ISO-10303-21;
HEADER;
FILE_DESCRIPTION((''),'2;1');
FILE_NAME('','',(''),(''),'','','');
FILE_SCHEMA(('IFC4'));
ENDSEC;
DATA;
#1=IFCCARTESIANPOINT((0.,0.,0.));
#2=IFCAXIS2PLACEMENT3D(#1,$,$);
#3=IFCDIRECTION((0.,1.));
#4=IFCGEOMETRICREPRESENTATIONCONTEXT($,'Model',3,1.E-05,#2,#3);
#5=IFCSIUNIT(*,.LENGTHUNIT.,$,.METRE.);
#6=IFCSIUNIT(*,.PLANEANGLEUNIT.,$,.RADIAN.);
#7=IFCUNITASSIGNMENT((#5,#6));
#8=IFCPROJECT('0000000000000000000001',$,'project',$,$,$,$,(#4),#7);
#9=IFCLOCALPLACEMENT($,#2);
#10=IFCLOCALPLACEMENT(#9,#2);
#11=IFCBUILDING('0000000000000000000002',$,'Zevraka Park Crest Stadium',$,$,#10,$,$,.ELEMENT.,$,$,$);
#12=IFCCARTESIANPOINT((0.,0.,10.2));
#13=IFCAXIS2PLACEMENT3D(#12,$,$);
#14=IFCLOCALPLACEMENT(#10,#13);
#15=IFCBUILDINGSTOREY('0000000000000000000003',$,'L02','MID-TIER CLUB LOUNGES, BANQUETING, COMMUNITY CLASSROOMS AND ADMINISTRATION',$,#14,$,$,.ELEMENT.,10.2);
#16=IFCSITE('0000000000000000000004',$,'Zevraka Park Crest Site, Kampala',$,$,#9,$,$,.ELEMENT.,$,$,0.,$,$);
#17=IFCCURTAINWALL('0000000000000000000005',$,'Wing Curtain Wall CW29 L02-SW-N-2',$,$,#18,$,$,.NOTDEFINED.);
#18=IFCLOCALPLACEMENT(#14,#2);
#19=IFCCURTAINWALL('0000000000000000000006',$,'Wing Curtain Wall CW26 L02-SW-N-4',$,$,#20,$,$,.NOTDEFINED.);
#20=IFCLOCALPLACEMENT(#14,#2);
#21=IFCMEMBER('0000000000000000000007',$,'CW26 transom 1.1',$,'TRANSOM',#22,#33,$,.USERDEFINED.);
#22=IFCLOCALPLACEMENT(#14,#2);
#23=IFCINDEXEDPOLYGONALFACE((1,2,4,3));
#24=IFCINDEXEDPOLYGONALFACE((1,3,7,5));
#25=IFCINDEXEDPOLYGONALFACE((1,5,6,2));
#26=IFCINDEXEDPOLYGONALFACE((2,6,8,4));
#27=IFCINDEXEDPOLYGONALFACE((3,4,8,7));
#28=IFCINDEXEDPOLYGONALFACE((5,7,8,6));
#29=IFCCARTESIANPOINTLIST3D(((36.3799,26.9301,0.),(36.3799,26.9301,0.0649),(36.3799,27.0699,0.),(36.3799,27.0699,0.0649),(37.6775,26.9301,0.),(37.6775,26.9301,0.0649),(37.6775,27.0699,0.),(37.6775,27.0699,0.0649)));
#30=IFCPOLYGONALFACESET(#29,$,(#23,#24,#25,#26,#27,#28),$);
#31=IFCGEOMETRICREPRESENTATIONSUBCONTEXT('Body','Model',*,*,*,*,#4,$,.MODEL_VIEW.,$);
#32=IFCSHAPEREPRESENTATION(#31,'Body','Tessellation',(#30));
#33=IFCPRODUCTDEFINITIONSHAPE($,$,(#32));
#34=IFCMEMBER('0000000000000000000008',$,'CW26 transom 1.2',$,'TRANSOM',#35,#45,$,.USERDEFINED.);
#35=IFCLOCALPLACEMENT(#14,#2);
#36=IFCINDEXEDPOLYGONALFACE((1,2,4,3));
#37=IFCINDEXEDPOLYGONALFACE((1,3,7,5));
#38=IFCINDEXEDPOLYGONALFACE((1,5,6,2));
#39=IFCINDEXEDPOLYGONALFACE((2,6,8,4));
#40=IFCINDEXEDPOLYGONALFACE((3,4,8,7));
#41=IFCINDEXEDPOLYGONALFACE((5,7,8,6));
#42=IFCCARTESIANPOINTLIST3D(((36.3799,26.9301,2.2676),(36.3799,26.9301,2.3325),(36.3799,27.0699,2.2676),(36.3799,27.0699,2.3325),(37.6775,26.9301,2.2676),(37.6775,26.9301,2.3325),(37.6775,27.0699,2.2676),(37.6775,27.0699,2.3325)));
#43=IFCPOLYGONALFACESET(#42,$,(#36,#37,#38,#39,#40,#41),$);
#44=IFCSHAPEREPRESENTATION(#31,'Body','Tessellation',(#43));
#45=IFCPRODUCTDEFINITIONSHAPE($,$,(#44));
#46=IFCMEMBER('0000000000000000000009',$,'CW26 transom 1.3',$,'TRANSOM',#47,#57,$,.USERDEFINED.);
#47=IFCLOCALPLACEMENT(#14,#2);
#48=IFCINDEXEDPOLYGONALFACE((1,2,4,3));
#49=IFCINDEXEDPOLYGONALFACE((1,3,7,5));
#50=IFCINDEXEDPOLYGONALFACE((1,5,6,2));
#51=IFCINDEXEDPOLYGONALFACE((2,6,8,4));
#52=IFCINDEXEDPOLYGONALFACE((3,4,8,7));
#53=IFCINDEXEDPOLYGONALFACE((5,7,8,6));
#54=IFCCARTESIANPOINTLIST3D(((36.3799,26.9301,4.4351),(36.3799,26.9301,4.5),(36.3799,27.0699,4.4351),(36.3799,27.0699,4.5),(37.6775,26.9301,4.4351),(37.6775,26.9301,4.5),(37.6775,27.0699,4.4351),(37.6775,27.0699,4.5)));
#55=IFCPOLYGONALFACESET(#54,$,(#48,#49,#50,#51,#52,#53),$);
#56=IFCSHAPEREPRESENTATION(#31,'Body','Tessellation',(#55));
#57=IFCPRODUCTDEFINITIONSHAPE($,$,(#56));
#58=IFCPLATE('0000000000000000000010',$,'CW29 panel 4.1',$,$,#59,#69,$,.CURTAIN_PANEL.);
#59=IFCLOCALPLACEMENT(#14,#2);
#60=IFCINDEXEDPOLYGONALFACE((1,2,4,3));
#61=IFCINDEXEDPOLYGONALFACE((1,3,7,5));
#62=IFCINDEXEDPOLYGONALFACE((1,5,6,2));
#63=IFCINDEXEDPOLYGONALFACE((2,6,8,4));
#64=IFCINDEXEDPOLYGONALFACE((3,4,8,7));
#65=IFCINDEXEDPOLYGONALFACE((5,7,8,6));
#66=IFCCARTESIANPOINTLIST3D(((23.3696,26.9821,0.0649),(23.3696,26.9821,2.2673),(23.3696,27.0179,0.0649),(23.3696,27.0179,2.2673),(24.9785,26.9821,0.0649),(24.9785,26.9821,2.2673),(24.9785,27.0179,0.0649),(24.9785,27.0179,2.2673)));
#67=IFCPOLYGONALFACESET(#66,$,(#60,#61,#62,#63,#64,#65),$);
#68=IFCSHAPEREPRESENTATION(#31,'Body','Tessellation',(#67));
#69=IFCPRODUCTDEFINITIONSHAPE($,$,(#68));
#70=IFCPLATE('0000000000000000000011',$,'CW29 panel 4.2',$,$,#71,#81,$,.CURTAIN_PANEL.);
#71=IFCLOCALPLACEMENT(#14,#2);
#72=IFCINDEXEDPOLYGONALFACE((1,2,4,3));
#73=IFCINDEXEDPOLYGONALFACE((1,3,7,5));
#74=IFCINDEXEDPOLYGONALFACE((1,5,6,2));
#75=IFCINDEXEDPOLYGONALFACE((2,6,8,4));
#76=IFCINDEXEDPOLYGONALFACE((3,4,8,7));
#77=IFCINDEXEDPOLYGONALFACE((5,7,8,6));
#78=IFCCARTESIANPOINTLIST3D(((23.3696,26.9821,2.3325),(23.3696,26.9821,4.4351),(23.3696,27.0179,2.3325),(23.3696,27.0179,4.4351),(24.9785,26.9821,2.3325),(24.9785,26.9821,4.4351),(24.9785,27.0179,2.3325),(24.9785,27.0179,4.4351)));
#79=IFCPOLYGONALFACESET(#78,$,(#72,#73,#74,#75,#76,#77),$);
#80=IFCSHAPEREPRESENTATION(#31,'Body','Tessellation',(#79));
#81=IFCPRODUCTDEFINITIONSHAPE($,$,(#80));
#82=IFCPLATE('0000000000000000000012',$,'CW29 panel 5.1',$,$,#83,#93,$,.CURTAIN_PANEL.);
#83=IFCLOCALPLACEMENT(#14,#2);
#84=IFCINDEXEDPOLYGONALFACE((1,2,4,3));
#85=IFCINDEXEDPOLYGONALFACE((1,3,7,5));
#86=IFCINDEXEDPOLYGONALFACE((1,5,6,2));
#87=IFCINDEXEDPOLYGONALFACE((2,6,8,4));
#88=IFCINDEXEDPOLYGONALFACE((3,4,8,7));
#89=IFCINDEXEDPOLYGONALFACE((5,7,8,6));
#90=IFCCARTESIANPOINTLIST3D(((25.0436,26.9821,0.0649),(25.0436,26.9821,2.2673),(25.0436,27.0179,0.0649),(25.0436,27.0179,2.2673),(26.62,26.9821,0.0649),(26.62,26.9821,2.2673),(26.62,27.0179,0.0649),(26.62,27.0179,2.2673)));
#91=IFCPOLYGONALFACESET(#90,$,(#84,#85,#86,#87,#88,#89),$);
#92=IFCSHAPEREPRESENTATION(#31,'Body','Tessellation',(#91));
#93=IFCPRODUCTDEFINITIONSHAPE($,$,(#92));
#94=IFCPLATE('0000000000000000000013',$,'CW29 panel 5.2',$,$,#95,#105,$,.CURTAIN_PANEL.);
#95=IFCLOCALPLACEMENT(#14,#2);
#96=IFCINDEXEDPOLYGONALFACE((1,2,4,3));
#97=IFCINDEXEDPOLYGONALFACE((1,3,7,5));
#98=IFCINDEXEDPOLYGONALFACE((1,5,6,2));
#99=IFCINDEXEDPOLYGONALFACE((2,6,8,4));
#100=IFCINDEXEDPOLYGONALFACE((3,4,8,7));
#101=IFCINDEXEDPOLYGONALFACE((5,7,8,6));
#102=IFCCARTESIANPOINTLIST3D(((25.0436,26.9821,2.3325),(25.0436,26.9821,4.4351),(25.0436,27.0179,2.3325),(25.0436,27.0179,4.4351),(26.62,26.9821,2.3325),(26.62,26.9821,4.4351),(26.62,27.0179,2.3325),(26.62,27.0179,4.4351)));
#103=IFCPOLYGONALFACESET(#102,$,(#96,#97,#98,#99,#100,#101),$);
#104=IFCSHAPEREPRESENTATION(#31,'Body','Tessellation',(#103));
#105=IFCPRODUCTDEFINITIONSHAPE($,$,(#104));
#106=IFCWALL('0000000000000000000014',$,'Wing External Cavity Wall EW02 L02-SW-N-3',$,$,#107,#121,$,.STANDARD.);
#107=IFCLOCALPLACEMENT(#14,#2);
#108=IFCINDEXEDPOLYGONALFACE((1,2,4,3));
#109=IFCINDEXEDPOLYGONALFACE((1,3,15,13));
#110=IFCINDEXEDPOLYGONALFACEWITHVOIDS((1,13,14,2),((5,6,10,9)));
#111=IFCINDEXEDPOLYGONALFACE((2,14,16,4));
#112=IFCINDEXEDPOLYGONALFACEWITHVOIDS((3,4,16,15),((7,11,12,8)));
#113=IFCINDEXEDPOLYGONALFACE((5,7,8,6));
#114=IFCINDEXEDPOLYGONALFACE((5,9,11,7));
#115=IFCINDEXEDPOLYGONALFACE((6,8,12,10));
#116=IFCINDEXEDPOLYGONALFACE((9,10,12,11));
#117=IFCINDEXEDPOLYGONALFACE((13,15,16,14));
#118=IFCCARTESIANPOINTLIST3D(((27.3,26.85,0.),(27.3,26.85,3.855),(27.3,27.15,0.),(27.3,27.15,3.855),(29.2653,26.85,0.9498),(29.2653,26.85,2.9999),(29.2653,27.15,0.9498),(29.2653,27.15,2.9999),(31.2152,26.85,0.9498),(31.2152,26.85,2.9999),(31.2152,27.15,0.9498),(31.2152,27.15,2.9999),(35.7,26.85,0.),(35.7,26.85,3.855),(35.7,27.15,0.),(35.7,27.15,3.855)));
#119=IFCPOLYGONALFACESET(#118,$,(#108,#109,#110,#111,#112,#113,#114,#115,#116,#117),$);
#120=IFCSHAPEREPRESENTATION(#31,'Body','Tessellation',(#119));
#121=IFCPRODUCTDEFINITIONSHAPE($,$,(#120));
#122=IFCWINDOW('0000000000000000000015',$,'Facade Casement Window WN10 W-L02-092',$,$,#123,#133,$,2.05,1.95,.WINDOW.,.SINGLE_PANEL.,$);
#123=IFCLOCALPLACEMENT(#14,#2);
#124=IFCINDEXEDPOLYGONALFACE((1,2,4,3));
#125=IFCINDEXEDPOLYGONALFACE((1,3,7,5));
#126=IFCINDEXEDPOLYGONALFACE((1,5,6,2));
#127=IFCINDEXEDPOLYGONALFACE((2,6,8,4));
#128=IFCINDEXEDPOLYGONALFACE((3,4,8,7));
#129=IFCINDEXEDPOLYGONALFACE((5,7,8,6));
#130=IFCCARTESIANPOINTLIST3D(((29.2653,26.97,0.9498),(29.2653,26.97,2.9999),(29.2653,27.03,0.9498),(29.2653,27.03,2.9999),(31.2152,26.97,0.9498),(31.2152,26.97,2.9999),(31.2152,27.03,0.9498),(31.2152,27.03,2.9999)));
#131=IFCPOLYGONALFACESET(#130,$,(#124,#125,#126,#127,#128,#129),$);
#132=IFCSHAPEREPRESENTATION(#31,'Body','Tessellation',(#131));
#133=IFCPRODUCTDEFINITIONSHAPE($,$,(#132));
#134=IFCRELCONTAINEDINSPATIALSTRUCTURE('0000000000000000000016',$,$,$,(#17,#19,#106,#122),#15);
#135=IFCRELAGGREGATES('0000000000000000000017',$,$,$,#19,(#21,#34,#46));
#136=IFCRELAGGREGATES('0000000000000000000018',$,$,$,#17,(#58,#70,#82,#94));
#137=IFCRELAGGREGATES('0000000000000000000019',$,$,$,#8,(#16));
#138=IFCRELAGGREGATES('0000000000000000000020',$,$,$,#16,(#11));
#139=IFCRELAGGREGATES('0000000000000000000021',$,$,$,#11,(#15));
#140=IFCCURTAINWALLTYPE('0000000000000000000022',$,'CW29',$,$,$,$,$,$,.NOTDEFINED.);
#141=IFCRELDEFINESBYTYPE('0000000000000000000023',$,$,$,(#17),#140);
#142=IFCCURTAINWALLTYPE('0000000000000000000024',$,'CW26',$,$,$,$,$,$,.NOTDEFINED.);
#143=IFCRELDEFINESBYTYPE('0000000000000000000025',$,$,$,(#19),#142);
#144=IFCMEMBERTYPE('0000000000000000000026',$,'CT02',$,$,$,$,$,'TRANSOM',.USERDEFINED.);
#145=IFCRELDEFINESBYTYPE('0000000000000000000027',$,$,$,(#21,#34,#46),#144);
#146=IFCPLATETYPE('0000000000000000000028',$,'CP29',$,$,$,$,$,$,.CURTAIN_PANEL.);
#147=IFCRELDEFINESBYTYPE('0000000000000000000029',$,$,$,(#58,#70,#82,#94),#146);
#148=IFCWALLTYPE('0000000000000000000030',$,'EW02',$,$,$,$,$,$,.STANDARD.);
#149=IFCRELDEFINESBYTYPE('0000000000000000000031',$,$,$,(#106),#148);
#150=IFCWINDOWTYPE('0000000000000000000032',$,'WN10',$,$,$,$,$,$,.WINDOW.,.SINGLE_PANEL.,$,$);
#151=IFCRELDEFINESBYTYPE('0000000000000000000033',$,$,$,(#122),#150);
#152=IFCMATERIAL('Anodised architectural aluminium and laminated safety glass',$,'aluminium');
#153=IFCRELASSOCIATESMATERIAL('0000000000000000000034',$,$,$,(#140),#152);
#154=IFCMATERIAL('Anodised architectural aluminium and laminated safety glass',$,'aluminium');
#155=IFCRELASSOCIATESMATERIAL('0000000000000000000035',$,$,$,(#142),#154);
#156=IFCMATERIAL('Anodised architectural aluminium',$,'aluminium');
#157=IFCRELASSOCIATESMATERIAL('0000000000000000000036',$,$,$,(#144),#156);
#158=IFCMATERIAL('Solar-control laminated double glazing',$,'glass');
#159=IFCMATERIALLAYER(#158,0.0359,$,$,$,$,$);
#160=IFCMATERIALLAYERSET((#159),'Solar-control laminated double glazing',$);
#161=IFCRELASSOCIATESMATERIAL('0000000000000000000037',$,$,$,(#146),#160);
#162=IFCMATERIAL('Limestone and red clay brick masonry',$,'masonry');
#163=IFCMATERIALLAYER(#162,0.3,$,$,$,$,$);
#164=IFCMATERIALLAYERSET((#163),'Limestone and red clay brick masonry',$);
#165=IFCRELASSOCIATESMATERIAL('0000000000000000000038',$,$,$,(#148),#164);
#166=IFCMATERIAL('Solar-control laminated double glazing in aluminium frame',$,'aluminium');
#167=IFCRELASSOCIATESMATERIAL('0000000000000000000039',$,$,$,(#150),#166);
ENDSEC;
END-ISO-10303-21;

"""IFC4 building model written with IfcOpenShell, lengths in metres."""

from ifc_helpers import new_model, si_unit, direction, frame, frame_2d, origin, origin_2d, place, context, subcontext, project, spatial, rectangle, extrude, material, layer, layer_set, material_profile, profile_set, type_object, element, fill, aggregate, save


model = new_model("IFC4")

# Units and contexts
model_context = context("Model", 3, precision=1e-05, world=origin(), true_north=direction((0.0, 1.0)))
body_context = subcontext(model_context, "Body", "Model", "MODEL_VIEW")
ifc_project = project(units=[si_unit("LENGTHUNIT", "METRE"), si_unit("PLANEANGLEUNIT", "RADIAN")], contexts=[model_context])

# Site, building, storey
site_placement = place(None, origin())
site = spatial("IfcSite", under=ifc_project, at=site_placement, Name="Zevraka Park Crest Site, Kampala", CompositionType="ELEMENT", RefElevation=0.0)
building_placement = place(site_placement, origin())
building = spatial("IfcBuilding", under=site, at=building_placement, Name="Zevraka Park Crest Stadium", CompositionType="ELEMENT")
storey_placement = place(building_placement, frame((0.0, 0.0, 10.2)))
storey = spatial("IfcBuildingStorey", under=building, at=storey_placement, Name="L02", Description="MID-TIER CLUB LOUNGES, BANQUETING, COMMUNITY CLASSROOMS AND ADMINISTRATION", CompositionType="ELEMENT", Elevation=10.2)

# Curtain wall
ifc_material_1 = material(Name="Anodised architectural aluminium and laminated safety glass", Category="aluminium")
curtain_wall_type_1 = type_object("IfcCurtainWallType", Name="CW29", PredefinedType="NOTDEFINED", material=ifc_material_1)
curtain_wall_1_placement = place(storey_placement, origin())
curtain_wall_1 = element("IfcCurtainWall", 1, at=curtain_wall_1_placement, inside=storey, type_object=curtain_wall_type_1, Name="Wing Curtain Wall CW29 L02-SW-N-2", PredefinedType="NOTDEFINED")

# Curtain wall
ifc_material_2 = material(Name="Anodised architectural aluminium and laminated safety glass", Category="aluminium")
curtain_wall_type_2 = type_object("IfcCurtainWallType", Name="CW26", PredefinedType="NOTDEFINED", material=ifc_material_2)
curtain_wall_2_placement = place(storey_placement, origin())
curtain_wall_2 = element("IfcCurtainWall", 2, at=curtain_wall_2_placement, inside=storey, type_object=curtain_wall_type_2, Name="Wing Curtain Wall CW26 L02-SW-N-4", PredefinedType="NOTDEFINED")

# Members
ifc_material_3 = material(Name="Anodised architectural aluminium", Category="aluminium")
ifc_material_profile_1 = material_profile(ifc_material_3, rectangle(XDim=0.1399, YDim=0.0649, at=origin_2d()), Name="ALU TRANSOM 140x65")
ifc_profile_set_1 = profile_set([ifc_material_profile_1], Name="Anodised architectural aluminium")
member_type_1 = type_object("IfcMemberType", Name="CT02", ElementType="TRANSOM", PredefinedType="USERDEFINED", material=ifc_profile_set_1)
member_1_placement = place(storey_placement, frame((36.3799, 27.0, 0.0325), z_axis=(1.0, 0.0, 0.0), x_axis=(0.0, 1.0, 0.0)))
member_1 = element("IfcMember", 3, at=member_1_placement, type_object=member_type_1, Name="CW26 transom 1.1", ObjectType="TRANSOM", PredefinedType="USERDEFINED", context=body_context, shape_type="SweptSolid", body=[
    extrude(rectangle(XDim=0.1399, YDim=0.0649, at=origin_2d()), origin(), (0.0, 0.0, 1.0), 1.2976),
])
member_2_placement = place(storey_placement, frame((36.3799, 27.0, 2.3), z_axis=(1.0, 0.0, 0.0), x_axis=(0.0, 1.0, 0.0)))
member_2 = element("IfcMember", 4, at=member_2_placement, type_object=member_type_1, Name="CW26 transom 1.2", ObjectType="TRANSOM", PredefinedType="USERDEFINED", context=body_context, shape_type="SweptSolid", body=[
    extrude(rectangle(XDim=0.1399, YDim=0.0649, at=origin_2d()), origin(), (0.0, 0.0, 1.0), 1.2976),
])
member_3_placement = place(storey_placement, frame((36.3799, 27.0, 4.4675), z_axis=(1.0, 0.0, 0.0), x_axis=(0.0, 1.0, 0.0)))
member_3 = element("IfcMember", 5, at=member_3_placement, type_object=member_type_1, Name="CW26 transom 1.3", ObjectType="TRANSOM", PredefinedType="USERDEFINED", context=body_context, shape_type="SweptSolid", body=[
    extrude(rectangle(XDim=0.1399, YDim=0.0649, at=origin_2d()), origin(), (0.0, 0.0, 1.0), 1.2976),
])
aggregate(curtain_wall_2, [member_1, member_2, member_3])

# Plates
ifc_material_4 = material(Name="Solar-control laminated double glazing", Category="glass")
ifc_layer_1 = layer(ifc_material_4, 0.0359)
ifc_layer_set_1 = layer_set([ifc_layer_1], Name="Solar-control laminated double glazing")
plate_type = type_object("IfcPlateType", Name="CP29", PredefinedType="CURTAIN_PANEL", material=ifc_layer_set_1)
plate_1_placement = place(storey_placement, frame((24.1741, 27.0, 0.0649), z_axis=(0.0, 0.0, 1.0), x_axis=(1.0, 0.0, 0.0)))
plate_1 = element("IfcPlate", 6, at=plate_1_placement, type_object=plate_type, Name="CW29 panel 4.1", PredefinedType="CURTAIN_PANEL", context=body_context, shape_type="SweptSolid", body=[
    extrude(rectangle(XDim=1.6089, YDim=0.0359, at=origin_2d()), origin(), (0.0, 0.0, 1.0), 2.2024),
])
plate_2_placement = place(storey_placement, frame((24.1741, 27.0, 2.3325), z_axis=(0.0, 0.0, 1.0), x_axis=(1.0, 0.0, 0.0)))
plate_2 = element("IfcPlate", 7, at=plate_2_placement, type_object=plate_type, Name="CW29 panel 4.2", PredefinedType="CURTAIN_PANEL", context=body_context, shape_type="SweptSolid", body=[
    extrude(rectangle(XDim=1.6089, YDim=0.0359, at=origin_2d()), origin(), (0.0, 0.0, 1.0), 2.1025),
])
plate_3_placement = place(storey_placement, frame((25.8318, 27.0, 0.0649), z_axis=(0.0, 0.0, 1.0), x_axis=(1.0, 0.0, 0.0)))
plate_3 = element("IfcPlate", 8, at=plate_3_placement, type_object=plate_type, Name="CW29 panel 5.1", PredefinedType="CURTAIN_PANEL", context=body_context, shape_type="SweptSolid", body=[
    extrude(rectangle(XDim=1.5764, YDim=0.0359, at=origin_2d()), origin(), (0.0, 0.0, 1.0), 2.2024),
])
plate_4_placement = place(storey_placement, frame((25.8318, 27.0, 2.3325), z_axis=(0.0, 0.0, 1.0), x_axis=(1.0, 0.0, 0.0)))
plate_4 = element("IfcPlate", 9, at=plate_4_placement, type_object=plate_type, Name="CW29 panel 5.2", PredefinedType="CURTAIN_PANEL", context=body_context, shape_type="SweptSolid", body=[
    extrude(rectangle(XDim=1.5764, YDim=0.0359, at=origin_2d()), origin(), (0.0, 0.0, 1.0), 2.1025),
])
aggregate(curtain_wall_1, [plate_1, plate_2, plate_3, plate_4])

# Wall, opening, window
ifc_material_5 = material(Name="Limestone and red clay brick masonry", Category="masonry")
ifc_layer_2 = layer(ifc_material_5, 0.3)
ifc_layer_set_2 = layer_set([ifc_layer_2], Name="Limestone and red clay brick masonry")
wall_type = type_object("IfcWallType", Name="EW02", PredefinedType="STANDARD", material=ifc_layer_set_2)
wall_placement = place(storey_placement, frame((27.3, 27.0, 0.0), z_axis=(0.0, 0.0, 1.0), x_axis=(1.0, 0.0, 0.0)))
wall = element("IfcWall", 10, at=wall_placement, inside=storey, type_object=wall_type, Name="Wing External Cavity Wall EW02 L02-SW-N-3", PredefinedType="STANDARD", context=body_context, shape_type="SweptSolid", body=[
    extrude(rectangle(XDim=8.3999, YDim=0.3, at=frame_2d((4.2, 0.0))), origin(), (0.0, 0.0, 1.0), 3.855),
])
opening_placement = place(wall_placement, frame((1.9651, 0.0, 0.95)))
opening = element("IfcOpeningElement", 11, at=opening_placement, cuts=wall, PredefinedType="OPENING", context=body_context, shape_type="SweptSolid", body=[
    extrude(rectangle(XDim=1.95, YDim=2.05, at=frame_2d((0.9751, 1.0249))), frame((0.0, 0.1599, 0.0), z_axis=(0.0, -1.0, 0.0), x_axis=(1.0, 0.0, 0.0)), (0.0, 0.0, 1.0), 0.3201),
])
ifc_material_6 = material(Name="Solar-control laminated double glazing in aluminium frame", Category="aluminium")
window_type = type_object("IfcWindowType", Name="WN10", PartitioningType="SINGLE_PANEL", PredefinedType="WINDOW", material=ifc_material_6)
window_placement = place(opening_placement, origin())
window = element("IfcWindow", 12, at=window_placement, inside=storey, type_object=window_type, Name="Facade Casement Window WN10 W-L02-092", OverallHeight=2.05, OverallWidth=1.95, PartitioningType="SINGLE_PANEL", PredefinedType="WINDOW", context=body_context, shape_type="SweptSolid", body=[
    extrude(rectangle(XDim=1.95, YDim=2.05, at=frame_2d((0.9751, 1.0249))), frame((0.0, 0.03, 0.0), z_axis=(0.0, -1.0, 0.0), x_axis=(1.0, 0.0, 0.0)), (0.0, 0.0, 1.0), 0.0601),
])
fill(opening, window)

save(model, "model.ifc")
